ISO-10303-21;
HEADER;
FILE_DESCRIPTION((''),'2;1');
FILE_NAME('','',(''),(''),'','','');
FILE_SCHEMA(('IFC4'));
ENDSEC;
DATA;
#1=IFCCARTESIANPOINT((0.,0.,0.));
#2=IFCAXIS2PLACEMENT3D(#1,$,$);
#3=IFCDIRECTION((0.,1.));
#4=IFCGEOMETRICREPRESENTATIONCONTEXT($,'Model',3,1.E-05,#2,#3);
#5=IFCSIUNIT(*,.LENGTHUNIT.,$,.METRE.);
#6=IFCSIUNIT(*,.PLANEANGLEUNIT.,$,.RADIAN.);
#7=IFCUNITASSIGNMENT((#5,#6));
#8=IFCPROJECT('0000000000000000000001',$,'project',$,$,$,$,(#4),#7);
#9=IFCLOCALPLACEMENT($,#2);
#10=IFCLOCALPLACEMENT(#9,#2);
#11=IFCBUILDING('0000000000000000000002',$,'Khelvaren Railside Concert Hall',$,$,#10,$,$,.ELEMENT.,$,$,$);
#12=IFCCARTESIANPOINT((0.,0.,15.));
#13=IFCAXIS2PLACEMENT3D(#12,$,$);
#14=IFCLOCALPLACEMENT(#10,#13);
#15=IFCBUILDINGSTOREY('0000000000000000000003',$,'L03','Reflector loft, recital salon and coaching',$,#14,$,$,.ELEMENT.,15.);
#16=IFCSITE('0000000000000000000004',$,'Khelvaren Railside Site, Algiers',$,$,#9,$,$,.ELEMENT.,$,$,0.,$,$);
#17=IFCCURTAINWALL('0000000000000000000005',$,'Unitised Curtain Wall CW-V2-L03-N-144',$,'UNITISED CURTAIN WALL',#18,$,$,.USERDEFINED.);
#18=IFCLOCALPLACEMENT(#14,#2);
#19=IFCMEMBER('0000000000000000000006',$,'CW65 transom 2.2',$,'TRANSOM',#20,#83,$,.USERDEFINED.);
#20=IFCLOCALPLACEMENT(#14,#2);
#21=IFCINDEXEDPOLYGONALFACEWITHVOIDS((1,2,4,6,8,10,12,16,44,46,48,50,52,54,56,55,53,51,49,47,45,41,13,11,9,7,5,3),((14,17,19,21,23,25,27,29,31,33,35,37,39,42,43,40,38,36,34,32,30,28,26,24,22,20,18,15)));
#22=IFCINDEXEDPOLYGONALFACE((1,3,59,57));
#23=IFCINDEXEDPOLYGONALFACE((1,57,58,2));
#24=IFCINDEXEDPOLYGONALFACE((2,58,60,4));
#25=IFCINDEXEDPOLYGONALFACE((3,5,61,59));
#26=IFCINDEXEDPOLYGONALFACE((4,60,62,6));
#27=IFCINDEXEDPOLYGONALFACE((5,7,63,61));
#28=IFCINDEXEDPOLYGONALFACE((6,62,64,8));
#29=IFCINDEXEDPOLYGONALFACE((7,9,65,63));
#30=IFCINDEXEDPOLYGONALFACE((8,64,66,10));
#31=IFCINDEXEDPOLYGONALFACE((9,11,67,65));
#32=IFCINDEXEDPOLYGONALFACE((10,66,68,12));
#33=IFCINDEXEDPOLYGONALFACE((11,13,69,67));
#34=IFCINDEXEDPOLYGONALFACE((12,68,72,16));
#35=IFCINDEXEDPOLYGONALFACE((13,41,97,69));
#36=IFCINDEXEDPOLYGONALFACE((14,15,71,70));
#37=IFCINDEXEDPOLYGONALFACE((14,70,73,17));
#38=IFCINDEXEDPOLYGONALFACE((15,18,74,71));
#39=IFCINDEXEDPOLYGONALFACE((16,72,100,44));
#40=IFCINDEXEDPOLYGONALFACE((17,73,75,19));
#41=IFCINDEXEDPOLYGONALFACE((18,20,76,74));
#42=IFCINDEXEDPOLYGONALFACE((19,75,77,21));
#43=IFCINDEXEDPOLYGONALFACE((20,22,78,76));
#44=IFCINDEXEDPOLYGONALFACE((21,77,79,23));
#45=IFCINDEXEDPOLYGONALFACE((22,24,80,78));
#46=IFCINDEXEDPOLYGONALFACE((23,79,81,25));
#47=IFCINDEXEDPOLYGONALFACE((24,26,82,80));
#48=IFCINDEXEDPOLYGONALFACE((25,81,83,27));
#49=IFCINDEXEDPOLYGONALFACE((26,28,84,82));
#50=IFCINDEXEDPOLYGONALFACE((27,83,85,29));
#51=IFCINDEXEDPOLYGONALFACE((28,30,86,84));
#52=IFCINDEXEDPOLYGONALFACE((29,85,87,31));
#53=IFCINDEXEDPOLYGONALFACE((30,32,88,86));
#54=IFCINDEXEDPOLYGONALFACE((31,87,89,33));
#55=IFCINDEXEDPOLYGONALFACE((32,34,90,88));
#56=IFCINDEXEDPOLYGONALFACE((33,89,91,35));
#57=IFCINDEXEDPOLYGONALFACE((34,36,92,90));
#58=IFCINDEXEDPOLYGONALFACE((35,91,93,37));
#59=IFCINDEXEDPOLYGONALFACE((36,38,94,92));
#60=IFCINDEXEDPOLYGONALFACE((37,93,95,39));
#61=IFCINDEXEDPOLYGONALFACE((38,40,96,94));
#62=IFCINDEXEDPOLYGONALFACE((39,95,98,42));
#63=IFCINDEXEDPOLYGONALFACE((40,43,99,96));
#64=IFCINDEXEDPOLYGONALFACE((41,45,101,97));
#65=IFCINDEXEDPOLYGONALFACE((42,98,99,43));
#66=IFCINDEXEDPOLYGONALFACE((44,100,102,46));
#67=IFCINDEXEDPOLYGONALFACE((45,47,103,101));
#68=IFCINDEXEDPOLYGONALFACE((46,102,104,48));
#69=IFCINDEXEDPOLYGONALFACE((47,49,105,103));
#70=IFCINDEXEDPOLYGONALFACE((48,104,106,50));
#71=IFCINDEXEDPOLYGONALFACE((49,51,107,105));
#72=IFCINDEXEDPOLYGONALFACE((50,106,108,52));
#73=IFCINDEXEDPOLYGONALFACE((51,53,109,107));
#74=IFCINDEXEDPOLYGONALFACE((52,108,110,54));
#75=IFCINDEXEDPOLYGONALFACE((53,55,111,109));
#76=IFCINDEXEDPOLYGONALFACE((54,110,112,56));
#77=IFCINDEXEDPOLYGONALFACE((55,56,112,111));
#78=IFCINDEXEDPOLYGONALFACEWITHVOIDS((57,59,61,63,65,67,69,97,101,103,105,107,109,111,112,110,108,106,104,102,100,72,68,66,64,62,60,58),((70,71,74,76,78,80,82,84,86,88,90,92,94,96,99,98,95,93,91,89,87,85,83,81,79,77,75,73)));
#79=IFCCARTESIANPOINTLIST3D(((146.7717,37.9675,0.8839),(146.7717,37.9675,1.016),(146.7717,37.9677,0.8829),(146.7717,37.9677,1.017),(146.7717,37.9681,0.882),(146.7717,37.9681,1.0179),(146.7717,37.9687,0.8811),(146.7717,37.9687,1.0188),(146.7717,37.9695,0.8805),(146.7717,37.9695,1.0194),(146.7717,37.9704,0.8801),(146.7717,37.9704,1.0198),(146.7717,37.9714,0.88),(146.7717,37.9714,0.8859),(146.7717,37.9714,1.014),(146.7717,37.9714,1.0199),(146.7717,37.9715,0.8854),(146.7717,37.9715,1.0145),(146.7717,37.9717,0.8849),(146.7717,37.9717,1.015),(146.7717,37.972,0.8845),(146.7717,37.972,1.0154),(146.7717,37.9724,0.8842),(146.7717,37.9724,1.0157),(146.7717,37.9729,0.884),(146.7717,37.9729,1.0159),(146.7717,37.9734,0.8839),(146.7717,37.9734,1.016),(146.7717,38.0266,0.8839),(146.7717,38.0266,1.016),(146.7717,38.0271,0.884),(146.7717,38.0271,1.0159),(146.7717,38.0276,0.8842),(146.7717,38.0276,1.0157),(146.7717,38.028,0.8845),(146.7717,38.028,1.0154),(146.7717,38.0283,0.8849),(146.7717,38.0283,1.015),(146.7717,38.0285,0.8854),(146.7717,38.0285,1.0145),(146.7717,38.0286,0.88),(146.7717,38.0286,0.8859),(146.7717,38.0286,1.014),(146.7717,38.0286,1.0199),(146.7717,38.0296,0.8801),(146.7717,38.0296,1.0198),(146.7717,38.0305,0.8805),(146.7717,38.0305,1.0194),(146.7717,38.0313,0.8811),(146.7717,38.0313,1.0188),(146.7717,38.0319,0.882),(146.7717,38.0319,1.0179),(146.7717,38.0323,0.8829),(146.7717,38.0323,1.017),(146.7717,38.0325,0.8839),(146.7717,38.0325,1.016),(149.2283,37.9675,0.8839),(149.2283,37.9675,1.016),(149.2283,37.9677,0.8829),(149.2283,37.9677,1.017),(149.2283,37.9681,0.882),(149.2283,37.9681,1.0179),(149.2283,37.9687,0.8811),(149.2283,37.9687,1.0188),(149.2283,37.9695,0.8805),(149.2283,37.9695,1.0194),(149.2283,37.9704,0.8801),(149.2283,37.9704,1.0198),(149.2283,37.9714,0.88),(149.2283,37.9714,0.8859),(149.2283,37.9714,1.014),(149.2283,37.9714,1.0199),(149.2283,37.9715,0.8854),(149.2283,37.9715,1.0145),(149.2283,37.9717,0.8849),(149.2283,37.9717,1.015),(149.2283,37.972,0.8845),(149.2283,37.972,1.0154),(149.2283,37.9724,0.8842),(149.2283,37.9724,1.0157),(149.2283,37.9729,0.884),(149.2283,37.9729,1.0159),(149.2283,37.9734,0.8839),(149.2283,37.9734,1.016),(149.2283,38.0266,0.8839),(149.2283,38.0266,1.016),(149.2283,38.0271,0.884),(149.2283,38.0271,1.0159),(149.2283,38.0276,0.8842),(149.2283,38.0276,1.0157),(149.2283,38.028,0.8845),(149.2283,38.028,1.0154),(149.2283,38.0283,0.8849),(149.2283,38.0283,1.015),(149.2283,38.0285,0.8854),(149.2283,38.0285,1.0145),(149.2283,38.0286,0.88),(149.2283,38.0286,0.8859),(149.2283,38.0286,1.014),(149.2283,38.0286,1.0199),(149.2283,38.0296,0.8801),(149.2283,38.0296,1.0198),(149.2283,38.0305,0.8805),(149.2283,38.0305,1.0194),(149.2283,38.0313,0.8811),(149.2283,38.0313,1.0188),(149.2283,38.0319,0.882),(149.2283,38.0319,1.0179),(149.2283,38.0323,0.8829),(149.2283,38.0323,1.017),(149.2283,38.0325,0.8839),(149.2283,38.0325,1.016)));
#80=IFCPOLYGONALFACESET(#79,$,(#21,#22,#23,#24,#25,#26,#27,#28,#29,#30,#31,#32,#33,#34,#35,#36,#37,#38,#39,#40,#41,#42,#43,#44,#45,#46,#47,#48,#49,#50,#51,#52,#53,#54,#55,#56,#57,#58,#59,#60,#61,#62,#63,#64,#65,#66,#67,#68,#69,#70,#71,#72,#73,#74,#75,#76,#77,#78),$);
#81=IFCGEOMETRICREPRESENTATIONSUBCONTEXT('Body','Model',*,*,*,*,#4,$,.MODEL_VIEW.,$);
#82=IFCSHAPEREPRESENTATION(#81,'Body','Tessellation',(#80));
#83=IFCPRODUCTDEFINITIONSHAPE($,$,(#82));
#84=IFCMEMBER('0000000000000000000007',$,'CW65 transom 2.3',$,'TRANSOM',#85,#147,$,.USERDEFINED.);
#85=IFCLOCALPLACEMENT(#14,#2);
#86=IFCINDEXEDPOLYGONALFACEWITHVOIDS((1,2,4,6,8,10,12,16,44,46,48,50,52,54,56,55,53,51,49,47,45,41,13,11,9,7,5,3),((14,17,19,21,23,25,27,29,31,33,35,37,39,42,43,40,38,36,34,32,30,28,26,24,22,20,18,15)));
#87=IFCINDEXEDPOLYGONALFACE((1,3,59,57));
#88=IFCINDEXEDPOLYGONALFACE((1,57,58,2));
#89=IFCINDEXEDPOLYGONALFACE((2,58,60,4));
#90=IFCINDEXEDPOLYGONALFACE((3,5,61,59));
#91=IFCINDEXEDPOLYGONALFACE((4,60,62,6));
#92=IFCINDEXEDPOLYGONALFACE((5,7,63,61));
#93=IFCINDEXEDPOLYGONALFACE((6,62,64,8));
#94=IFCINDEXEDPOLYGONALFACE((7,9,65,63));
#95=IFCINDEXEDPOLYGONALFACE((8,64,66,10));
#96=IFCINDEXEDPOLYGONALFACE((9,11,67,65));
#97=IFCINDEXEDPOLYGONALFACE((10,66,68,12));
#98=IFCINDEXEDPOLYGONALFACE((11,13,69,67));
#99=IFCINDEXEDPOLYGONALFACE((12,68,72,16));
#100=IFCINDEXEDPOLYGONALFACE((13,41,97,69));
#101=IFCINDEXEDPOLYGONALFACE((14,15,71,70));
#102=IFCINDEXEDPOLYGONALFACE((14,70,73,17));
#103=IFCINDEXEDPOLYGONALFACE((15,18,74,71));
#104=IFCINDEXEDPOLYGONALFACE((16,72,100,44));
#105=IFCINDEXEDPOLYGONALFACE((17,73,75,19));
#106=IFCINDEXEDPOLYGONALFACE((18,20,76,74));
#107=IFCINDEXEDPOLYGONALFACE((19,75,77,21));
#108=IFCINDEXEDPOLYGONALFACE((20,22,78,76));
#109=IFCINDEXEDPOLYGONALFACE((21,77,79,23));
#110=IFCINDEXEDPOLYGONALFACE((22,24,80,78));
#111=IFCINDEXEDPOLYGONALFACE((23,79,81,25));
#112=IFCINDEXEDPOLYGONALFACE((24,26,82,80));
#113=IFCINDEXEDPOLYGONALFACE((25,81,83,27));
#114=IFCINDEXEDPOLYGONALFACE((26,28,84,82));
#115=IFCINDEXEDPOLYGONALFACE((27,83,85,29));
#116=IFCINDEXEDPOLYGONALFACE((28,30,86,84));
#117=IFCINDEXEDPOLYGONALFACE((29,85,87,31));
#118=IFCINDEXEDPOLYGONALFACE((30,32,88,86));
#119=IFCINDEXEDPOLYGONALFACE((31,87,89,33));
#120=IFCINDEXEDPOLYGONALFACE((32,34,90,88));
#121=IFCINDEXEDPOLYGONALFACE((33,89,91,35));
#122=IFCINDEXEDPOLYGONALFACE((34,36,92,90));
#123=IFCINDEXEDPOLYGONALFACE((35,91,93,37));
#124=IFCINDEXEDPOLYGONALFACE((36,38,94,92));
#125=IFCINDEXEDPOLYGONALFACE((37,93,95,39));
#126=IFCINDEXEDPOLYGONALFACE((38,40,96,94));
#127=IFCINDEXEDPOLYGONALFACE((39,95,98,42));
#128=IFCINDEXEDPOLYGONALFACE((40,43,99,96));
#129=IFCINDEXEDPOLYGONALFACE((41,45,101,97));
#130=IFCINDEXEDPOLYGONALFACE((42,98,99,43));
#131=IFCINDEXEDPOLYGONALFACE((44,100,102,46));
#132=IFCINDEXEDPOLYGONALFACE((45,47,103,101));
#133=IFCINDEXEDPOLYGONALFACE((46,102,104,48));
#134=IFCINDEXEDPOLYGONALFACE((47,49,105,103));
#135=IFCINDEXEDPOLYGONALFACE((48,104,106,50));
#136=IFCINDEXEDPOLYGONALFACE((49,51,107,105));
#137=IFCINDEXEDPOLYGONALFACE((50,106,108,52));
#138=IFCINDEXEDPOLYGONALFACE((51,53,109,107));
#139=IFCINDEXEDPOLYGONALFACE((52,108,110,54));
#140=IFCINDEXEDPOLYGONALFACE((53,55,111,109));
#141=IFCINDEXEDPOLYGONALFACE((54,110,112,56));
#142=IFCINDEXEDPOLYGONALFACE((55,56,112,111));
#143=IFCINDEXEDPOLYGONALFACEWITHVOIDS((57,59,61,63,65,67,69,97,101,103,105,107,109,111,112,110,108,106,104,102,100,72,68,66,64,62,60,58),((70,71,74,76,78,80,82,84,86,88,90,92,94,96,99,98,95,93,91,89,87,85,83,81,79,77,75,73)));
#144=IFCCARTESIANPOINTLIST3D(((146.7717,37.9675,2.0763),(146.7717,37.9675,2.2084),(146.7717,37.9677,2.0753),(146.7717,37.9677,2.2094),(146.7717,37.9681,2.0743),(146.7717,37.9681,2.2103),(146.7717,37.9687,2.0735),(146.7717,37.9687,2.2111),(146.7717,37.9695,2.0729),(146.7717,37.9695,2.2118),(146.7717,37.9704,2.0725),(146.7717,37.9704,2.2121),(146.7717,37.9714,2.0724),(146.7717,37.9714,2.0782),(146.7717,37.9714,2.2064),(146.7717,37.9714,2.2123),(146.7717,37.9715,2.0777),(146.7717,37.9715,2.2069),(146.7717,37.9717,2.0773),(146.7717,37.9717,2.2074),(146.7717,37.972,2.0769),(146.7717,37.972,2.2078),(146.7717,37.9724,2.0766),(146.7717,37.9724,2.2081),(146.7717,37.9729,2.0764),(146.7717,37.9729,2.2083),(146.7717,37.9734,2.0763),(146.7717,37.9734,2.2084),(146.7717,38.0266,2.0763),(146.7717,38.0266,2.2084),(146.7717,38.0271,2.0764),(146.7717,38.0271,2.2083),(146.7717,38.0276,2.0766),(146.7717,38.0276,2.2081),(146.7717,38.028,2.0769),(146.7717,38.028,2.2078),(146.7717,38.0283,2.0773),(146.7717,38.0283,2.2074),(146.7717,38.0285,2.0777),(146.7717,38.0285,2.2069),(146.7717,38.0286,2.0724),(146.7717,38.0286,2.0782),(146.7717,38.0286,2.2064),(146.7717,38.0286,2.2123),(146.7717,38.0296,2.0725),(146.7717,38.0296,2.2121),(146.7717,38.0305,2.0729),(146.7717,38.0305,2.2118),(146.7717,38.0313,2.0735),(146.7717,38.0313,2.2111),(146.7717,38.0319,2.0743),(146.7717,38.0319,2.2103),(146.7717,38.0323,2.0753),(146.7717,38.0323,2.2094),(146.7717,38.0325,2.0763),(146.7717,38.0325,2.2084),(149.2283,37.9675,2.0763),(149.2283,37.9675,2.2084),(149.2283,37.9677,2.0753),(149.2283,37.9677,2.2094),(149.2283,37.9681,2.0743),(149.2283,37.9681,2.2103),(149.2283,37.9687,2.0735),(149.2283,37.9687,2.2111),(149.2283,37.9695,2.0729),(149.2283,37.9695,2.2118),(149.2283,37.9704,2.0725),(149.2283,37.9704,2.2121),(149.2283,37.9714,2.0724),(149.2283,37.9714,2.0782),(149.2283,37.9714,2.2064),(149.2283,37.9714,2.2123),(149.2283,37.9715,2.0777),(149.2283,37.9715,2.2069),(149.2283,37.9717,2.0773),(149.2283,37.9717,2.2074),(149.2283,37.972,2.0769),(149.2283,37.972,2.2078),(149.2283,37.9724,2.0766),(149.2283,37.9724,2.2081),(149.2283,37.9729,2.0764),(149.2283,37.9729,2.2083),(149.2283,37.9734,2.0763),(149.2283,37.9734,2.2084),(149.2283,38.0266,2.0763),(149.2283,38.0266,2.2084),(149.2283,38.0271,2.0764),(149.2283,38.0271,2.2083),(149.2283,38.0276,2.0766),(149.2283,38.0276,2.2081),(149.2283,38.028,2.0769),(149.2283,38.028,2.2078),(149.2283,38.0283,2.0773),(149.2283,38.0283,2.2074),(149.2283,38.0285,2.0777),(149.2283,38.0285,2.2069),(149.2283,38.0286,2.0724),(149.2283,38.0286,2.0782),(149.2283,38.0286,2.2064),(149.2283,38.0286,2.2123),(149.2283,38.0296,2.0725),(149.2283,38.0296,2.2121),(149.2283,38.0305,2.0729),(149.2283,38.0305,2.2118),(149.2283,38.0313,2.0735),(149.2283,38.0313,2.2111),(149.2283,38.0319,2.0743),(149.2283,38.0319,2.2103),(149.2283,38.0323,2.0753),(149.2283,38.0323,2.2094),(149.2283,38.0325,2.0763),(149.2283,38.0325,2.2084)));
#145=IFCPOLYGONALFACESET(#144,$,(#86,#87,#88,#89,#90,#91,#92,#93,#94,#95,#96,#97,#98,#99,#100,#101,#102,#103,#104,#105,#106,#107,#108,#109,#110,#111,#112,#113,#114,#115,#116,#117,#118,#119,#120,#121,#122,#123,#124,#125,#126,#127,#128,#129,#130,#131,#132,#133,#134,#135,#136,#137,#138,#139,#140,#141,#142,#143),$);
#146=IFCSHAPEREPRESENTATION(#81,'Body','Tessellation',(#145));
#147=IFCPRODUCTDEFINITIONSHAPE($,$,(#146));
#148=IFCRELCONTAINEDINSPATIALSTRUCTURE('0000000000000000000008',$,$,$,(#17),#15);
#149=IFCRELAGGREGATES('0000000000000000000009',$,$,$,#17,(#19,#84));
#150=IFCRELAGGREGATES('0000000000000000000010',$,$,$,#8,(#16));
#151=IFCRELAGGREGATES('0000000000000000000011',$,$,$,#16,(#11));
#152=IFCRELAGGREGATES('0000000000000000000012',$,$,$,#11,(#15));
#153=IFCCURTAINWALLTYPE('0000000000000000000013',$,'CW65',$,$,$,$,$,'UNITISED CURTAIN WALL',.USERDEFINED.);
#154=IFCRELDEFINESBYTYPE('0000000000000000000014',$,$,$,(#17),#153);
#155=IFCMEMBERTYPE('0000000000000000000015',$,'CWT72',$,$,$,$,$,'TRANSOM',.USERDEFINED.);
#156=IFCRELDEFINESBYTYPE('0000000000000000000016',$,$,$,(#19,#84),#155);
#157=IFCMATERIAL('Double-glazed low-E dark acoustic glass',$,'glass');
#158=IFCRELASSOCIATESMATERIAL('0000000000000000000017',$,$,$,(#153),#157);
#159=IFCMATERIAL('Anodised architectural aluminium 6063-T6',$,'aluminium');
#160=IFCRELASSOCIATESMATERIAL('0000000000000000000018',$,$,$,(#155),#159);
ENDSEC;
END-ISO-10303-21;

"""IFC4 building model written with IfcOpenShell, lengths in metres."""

from ifc_helpers import new_model, si_unit, direction, frame, origin, origin_2d, place, context, subcontext, project, spatial, hollow_rectangle, extrude, material, material_profile, profile_set, type_object, element, aggregate, save


model = new_model("IFC4")

# Units and contexts
model_context = context("Model", 3, precision=1e-05, world=origin(), true_north=direction((0.0, 1.0)))
body_context = subcontext(model_context, "Body", "Model", "MODEL_VIEW")
ifc_project = project(units=[si_unit("LENGTHUNIT", "METRE"), si_unit("PLANEANGLEUNIT", "RADIAN")], contexts=[model_context])

# Site, building, storey
site_placement = place(None, origin())
site = spatial("IfcSite", under=ifc_project, at=site_placement, Name="Khelvaren Railside Site, Algiers", CompositionType="ELEMENT", RefElevation=0.0)
building_placement = place(site_placement, origin())
building = spatial("IfcBuilding", under=site, at=building_placement, Name="Khelvaren Railside Concert Hall", CompositionType="ELEMENT")
storey_placement = place(building_placement, frame((0.0, 0.0, 15.0)))
storey = spatial("IfcBuildingStorey", under=building, at=storey_placement, Name="L03", Description="Reflector loft, recital salon and coaching", CompositionType="ELEMENT", Elevation=15.0)

# Shared definitions
ifc_material_1 = material(Name="Anodised architectural aluminium 6063-T6", Category="aluminium")

# Curtain wall, members
ifc_material_2 = material(Name="Double-glazed low-E dark acoustic glass", Category="glass")
curtain_wall_type_1 = type_object("IfcCurtainWallType", Name="CW65", ElementType="UNITISED CURTAIN WALL", PredefinedType="USERDEFINED", material=ifc_material_2)
curtain_wall_1_placement = place(storey_placement, origin())
curtain_wall_1 = element("IfcCurtainWall", 1, at=curtain_wall_1_placement, inside=storey, type_object=curtain_wall_type_1, Name="Unitised Curtain Wall CW-V2-L03-N-144", ObjectType="UNITISED CURTAIN WALL", PredefinedType="USERDEFINED")
ifc_material_profile_1 = material_profile(ifc_material_1, hollow_rectangle(XDim=0.0649, YDim=0.1399, WallThickness=0.0039, InnerFilletRadius=0.002, OuterFilletRadius=0.0039, at=origin_2d()), Name="CWT 65x140x4")
ifc_profile_set_1 = profile_set([ifc_material_profile_1], Name="Anodised architectural aluminium 6063-T6")
member_type_1 = type_object("IfcMemberType", Name="CWT72", ElementType="TRANSOM", PredefinedType="USERDEFINED", material=ifc_profile_set_1)
member_1_placement = place(storey_placement, frame((146.7717, 38.0, 0.95), z_axis=(1.0, 0.0, 0.0), x_axis=(0.0, 1.0, 0.0)))
member_1 = element("IfcMember", 2, at=member_1_placement, type_object=member_type_1, Name="CW65 transom 2.2", ObjectType="TRANSOM", PredefinedType="USERDEFINED", context=body_context, shape_type="SweptSolid", body=[
    extrude(hollow_rectangle(XDim=0.0649, YDim=0.1399, WallThickness=0.0039, InnerFilletRadius=0.002, OuterFilletRadius=0.0039, at=origin_2d()), origin(), (0.0, 0.0, 1.0), 2.4565),
])
member_2_placement = place(storey_placement, frame((146.7717, 38.0, 2.1423), z_axis=(1.0, 0.0, 0.0), x_axis=(0.0, 1.0, 0.0)))
member_2 = element("IfcMember", 3, at=member_2_placement, type_object=member_type_1, Name="CW65 transom 2.3", ObjectType="TRANSOM", PredefinedType="USERDEFINED", context=body_context, shape_type="SweptSolid", body=[
    extrude(hollow_rectangle(XDim=0.0649, YDim=0.1399, WallThickness=0.0039, InnerFilletRadius=0.002, OuterFilletRadius=0.0039, at=origin_2d()), origin(), (0.0, 0.0, 1.0), 2.4565),
])

aggregate(curtain_wall_1, [member_1, member_2])

save(model, "model.ifc")
